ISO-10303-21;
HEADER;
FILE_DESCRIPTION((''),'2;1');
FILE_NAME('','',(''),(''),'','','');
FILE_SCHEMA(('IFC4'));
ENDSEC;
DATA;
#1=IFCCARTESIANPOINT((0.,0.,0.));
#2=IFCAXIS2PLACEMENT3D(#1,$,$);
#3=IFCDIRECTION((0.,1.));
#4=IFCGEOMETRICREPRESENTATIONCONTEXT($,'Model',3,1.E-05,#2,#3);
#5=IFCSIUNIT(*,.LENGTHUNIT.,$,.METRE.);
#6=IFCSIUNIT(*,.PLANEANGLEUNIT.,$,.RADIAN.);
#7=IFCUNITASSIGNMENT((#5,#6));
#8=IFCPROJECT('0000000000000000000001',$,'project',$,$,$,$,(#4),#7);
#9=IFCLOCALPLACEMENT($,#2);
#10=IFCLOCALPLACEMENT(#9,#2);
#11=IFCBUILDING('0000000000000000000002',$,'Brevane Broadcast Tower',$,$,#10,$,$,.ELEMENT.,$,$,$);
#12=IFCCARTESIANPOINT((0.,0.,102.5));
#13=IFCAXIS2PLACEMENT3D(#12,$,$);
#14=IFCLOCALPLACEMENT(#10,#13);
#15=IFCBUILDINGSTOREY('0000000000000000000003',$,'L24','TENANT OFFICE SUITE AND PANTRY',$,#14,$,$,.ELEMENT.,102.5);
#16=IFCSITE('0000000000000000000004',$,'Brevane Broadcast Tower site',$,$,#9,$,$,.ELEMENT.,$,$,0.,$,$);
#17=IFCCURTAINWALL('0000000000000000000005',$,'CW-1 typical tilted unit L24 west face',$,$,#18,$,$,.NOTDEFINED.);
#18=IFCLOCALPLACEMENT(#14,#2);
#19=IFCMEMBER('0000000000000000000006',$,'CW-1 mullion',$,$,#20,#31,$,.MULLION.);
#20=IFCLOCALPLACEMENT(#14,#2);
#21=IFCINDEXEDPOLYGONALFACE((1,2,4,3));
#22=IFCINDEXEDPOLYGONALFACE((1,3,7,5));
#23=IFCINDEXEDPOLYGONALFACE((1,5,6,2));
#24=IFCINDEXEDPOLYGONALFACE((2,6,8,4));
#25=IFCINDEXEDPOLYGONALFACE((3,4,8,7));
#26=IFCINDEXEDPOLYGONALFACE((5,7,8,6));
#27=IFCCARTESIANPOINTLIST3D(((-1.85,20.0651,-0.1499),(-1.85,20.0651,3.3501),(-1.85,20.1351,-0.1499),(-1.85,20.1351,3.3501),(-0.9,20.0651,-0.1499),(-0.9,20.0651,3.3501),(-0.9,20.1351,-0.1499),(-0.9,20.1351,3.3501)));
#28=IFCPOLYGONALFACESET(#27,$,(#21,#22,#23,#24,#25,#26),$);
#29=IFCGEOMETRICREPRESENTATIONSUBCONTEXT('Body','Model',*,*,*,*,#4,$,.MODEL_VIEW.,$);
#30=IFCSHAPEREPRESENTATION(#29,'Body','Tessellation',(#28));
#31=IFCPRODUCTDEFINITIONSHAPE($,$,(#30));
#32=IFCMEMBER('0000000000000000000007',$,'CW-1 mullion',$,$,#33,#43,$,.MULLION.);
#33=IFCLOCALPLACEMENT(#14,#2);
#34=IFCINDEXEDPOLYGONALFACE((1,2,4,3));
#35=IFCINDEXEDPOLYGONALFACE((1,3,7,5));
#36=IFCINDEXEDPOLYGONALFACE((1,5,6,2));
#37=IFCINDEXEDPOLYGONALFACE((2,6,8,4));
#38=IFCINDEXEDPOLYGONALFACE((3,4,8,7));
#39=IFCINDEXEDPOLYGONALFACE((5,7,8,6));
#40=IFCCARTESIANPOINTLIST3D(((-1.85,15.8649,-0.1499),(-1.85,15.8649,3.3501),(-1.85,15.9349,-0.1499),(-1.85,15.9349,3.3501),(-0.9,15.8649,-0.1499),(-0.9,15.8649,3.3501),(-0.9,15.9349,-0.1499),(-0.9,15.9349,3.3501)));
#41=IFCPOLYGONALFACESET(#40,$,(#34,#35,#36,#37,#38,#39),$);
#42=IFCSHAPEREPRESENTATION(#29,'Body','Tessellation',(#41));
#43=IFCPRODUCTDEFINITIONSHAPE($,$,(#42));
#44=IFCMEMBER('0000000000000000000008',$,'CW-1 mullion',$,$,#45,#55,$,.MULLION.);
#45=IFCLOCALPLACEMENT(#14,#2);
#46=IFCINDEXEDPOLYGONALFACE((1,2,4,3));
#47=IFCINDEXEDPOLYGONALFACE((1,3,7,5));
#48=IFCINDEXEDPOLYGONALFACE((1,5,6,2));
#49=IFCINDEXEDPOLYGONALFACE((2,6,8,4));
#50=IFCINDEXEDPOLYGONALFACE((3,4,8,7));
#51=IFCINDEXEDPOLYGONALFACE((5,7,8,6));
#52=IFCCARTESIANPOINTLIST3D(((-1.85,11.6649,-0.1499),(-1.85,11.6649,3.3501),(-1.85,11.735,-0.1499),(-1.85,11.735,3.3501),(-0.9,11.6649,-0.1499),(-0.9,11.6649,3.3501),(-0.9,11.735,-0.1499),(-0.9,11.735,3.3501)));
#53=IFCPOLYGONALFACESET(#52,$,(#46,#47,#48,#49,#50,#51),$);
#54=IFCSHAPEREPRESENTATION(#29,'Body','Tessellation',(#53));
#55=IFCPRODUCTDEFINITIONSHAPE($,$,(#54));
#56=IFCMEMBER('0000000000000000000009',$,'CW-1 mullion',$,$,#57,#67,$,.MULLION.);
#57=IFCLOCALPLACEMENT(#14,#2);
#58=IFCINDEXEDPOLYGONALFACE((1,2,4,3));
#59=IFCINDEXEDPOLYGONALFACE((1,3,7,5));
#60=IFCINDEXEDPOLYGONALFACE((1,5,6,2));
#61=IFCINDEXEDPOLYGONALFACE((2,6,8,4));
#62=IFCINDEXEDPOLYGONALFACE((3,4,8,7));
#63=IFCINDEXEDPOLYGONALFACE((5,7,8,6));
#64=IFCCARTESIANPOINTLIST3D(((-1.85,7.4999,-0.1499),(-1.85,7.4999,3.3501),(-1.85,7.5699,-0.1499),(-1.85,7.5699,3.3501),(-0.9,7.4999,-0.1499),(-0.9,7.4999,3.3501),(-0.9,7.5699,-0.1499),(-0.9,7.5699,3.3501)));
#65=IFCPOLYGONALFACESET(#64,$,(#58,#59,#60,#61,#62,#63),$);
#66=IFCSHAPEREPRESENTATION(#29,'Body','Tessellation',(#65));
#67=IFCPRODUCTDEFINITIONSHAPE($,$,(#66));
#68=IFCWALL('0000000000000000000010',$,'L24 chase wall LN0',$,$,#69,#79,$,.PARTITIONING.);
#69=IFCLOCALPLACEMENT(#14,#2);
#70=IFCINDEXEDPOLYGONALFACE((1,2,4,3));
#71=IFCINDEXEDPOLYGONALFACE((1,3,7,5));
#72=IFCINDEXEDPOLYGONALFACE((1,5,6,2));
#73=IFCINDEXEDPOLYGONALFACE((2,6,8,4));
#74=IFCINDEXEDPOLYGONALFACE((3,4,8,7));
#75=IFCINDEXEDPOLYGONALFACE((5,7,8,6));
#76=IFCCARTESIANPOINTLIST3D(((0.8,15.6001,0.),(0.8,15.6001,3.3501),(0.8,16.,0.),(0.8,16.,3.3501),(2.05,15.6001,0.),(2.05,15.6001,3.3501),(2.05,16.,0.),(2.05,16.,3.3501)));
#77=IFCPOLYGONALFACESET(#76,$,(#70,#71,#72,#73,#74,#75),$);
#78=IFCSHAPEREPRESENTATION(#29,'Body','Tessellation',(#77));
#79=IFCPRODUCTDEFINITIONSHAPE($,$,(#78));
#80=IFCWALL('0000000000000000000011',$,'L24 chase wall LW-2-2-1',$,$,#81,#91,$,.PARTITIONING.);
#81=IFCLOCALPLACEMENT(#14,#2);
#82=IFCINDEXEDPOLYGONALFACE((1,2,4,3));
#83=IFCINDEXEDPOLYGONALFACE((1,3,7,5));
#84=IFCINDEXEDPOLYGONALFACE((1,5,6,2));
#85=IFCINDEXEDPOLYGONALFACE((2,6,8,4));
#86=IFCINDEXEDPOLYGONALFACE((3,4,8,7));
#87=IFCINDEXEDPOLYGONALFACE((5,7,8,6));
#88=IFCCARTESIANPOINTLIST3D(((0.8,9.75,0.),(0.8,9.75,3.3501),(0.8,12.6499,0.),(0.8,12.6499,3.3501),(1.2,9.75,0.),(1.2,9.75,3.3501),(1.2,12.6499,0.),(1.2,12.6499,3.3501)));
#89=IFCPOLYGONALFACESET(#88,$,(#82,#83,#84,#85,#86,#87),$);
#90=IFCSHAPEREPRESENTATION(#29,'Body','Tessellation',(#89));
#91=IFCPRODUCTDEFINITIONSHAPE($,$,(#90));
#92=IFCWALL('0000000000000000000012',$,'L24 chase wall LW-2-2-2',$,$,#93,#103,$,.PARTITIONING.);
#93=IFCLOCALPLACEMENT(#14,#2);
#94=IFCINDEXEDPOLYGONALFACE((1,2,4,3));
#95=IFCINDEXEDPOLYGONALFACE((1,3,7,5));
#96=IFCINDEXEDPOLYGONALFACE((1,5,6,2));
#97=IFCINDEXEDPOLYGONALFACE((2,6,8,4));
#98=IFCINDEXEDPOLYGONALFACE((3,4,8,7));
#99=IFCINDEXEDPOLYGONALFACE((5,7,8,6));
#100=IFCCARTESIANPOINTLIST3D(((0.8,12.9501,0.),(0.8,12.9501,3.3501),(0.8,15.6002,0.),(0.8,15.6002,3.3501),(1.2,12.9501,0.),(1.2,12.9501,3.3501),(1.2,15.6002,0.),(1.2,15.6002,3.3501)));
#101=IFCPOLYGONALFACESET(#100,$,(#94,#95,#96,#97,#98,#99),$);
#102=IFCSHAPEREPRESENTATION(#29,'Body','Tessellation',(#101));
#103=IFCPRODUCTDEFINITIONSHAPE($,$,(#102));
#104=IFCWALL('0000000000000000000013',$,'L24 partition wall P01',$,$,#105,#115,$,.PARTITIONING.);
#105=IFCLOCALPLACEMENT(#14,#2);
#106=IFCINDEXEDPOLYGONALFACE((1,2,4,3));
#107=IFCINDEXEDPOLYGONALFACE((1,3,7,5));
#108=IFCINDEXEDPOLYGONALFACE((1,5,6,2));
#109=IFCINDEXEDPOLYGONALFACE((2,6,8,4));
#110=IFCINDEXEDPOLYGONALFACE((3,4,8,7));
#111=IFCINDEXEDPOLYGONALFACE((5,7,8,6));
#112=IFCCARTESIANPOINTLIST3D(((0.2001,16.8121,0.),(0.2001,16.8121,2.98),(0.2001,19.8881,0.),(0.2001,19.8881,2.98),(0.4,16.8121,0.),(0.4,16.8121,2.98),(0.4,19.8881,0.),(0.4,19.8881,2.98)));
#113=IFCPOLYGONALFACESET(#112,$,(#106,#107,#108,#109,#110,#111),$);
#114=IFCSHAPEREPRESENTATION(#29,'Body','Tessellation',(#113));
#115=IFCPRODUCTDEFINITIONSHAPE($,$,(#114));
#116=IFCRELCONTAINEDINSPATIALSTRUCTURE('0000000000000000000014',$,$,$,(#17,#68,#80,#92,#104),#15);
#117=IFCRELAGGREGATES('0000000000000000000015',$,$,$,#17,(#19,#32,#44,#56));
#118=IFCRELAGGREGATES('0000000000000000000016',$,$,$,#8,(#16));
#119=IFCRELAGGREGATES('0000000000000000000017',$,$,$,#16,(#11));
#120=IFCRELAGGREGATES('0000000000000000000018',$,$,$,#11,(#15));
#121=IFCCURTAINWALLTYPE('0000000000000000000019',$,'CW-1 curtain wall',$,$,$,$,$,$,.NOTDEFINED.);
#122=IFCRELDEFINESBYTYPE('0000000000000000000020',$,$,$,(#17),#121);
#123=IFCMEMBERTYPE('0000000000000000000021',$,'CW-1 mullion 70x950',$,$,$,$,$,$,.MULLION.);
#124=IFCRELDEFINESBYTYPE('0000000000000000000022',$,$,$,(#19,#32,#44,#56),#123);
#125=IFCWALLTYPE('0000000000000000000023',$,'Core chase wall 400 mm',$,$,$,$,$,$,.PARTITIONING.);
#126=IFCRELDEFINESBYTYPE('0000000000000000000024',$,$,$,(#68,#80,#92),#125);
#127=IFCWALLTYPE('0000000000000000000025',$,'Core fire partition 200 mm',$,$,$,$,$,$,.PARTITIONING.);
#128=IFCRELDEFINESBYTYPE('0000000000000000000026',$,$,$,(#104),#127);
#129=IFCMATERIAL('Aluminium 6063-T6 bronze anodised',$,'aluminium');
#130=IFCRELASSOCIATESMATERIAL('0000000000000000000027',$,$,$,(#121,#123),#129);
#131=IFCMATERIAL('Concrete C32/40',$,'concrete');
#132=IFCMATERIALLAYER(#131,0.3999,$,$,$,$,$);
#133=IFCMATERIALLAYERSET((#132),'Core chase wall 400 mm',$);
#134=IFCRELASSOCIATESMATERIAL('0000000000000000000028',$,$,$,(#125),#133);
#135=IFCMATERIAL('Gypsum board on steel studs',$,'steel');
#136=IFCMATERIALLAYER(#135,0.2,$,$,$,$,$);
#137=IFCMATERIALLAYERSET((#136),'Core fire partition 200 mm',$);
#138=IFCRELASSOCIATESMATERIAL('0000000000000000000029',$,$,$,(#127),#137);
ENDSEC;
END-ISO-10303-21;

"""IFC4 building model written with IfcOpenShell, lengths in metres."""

from ifc_helpers import new_model, si_unit, direction, frame, frame_2d, origin, origin_2d, place, context, subcontext, project, spatial, rectangle, extrude, material, layer, layer_set, material_profile, profile_set, type_object, element, aggregate, save


model = new_model("IFC4")

# Units and contexts
model_context = context("Model", 3, precision=1e-05, world=origin(), true_north=direction((0.0, 1.0)))
body_context = subcontext(model_context, "Body", "Model", "MODEL_VIEW")
ifc_project = project(units=[si_unit("LENGTHUNIT", "METRE"), si_unit("PLANEANGLEUNIT", "RADIAN")], contexts=[model_context])

# Site, building, storey
site_placement = place(None, origin())
site = spatial("IfcSite", under=ifc_project, at=site_placement, Name="Brevane Broadcast Tower site", CompositionType="ELEMENT", RefElevation=0.0)
building_placement = place(site_placement, origin())
building = spatial("IfcBuilding", under=site, at=building_placement, Name="Brevane Broadcast Tower", CompositionType="ELEMENT")
storey_placement = place(building_placement, frame((0.0, 0.0, 102.5)))
storey = spatial("IfcBuildingStorey", under=building, at=storey_placement, Name="L24", Description="TENANT OFFICE SUITE AND PANTRY", CompositionType="ELEMENT", Elevation=102.5)

# Curtain wall, members
ifc_material_1 = material(Name="Aluminium 6063-T6 bronze anodised", Category="aluminium")
curtain_wall_type = type_object("IfcCurtainWallType", Name="CW-1 curtain wall", PredefinedType="NOTDEFINED", material=ifc_material_1)
curtain_wall_placement = place(storey_placement, origin())
curtain_wall = element("IfcCurtainWall", 1, at=curtain_wall_placement, inside=storey, type_object=curtain_wall_type, Name="CW-1 typical tilted unit L24 west face", PredefinedType="NOTDEFINED")
ifc_material_profile = material_profile(ifc_material_1, rectangle(XDim=0.95, YDim=0.0701, at=origin_2d()), Name="RECT 70x950")
ifc_profile_set = profile_set([ifc_material_profile], Name="Aluminium 6063-T6 bronze anodised")
member_type = type_object("IfcMemberType", Name="CW-1 mullion 70x950", PredefinedType="MULLION", material=ifc_profile_set)
member_1_placement = place(storey_placement, frame((-1.375, 20.1001, -0.1499), z_axis=(0.0, 0.0, 1.0), x_axis=(1.0, 0.0, 0.0)))
member_1 = element("IfcMember", 2, at=member_1_placement, type_object=member_type, Name="CW-1 mullion", PredefinedType="MULLION", context=body_context, shape_type="SweptSolid", body=[
    extrude(rectangle(XDim=0.95, YDim=0.0701, at=origin_2d()), origin(), (0.0, 0.0, 1.0), 3.5),
])
member_2_placement = place(storey_placement, frame((-1.375, 15.8999, -0.1499), z_axis=(0.0, 0.0, 1.0), x_axis=(1.0, 0.0, 0.0)))
member_2 = element("IfcMember", 3, at=member_2_placement, type_object=member_type, Name="CW-1 mullion", PredefinedType="MULLION", context=body_context, shape_type="SweptSolid", body=[
    extrude(rectangle(XDim=0.95, YDim=0.0701, at=origin_2d()), origin(), (0.0, 0.0, 1.0), 3.5),
])
member_3_placement = place(storey_placement, frame((-1.375, 11.7, -0.1499), z_axis=(0.0, 0.0, 1.0), x_axis=(1.0, 0.0, 0.0)))
member_3 = element("IfcMember", 4, at=member_3_placement, type_object=member_type, Name="CW-1 mullion", PredefinedType="MULLION", context=body_context, shape_type="SweptSolid", body=[
    extrude(rectangle(XDim=0.95, YDim=0.0701, at=origin_2d()), origin(), (0.0, 0.0, 1.0), 3.5),
])
member_4_placement = place(storey_placement, frame((-1.375, 7.5349, -0.1499), z_axis=(0.0, 0.0, 1.0), x_axis=(1.0, 0.0, 0.0)))
member_4 = element("IfcMember", 5, at=member_4_placement, type_object=member_type, Name="CW-1 mullion", PredefinedType="MULLION", context=body_context, shape_type="SweptSolid", body=[
    extrude(rectangle(XDim=0.95, YDim=0.0701, at=origin_2d()), origin(), (0.0, 0.0, 1.0), 3.5),
])
aggregate(curtain_wall, [member_1, member_2, member_3, member_4])

# Walls
ifc_material_2 = material(Name="Concrete C32/40", Category="concrete")
ifc_layer_1 = layer(ifc_material_2, 0.3999)
ifc_layer_set_1 = layer_set([ifc_layer_1], Name="Core chase wall 400 mm")
wall_type_1 = type_object("IfcWallType", Name="Core chase wall 400 mm", PredefinedType="PARTITIONING", material=ifc_layer_set_1)
wall_1_placement = place(storey_placement, frame((0.8, 15.8, 0.0), z_axis=(0.0, 0.0, 1.0), x_axis=(1.0, 0.0, 0.0)))
element("IfcWall", 6, at=wall_1_placement, inside=storey, type_object=wall_type_1, Name="L24 chase wall LN0", PredefinedType="PARTITIONING", context=body_context, shape_type="SweptSolid", body=[
    extrude(rectangle(XDim=1.25, YDim=0.3999, at=frame_2d((0.625, 0.0))), origin(), (0.0, 0.0, 1.0), 3.3501),
])
wall_2_placement = place(storey_placement, frame((1.0, 9.75, 0.0), z_axis=(0.0, 0.0, 1.0), x_axis=(0.0, 1.0, 0.0)))
element("IfcWall", 7, at=wall_2_placement, inside=storey, type_object=wall_type_1, Name="L24 chase wall LW-2-2-1", PredefinedType="PARTITIONING", context=body_context, shape_type="SweptSolid", body=[
    extrude(rectangle(XDim=2.8999, YDim=0.3999, at=frame_2d((1.45, 0.0))), origin(), (0.0, 0.0, 1.0), 3.3501),
])
wall_3_placement = place(storey_placement, frame((1.0, 12.95, 0.0), z_axis=(0.0, 0.0, 1.0), x_axis=(0.0, 1.0, 0.0)))
element("IfcWall", 8, at=wall_3_placement, inside=storey, type_object=wall_type_1, Name="L24 chase wall LW-2-2-2", PredefinedType="PARTITIONING", context=body_context, shape_type="SweptSolid", body=[
    extrude(rectangle(XDim=2.6501, YDim=0.3999, at=frame_2d((1.3252, 0.0))), origin(), (0.0, 0.0, 1.0), 3.3501),
])
ifc_material_3 = material(Name="Gypsum board on steel studs", Category="steel")
ifc_layer_2 = layer(ifc_material_3, 0.2)
ifc_layer_set_2 = layer_set([ifc_layer_2], Name="Core fire partition 200 mm")
wall_type_2 = type_object("IfcWallType", Name="Core fire partition 200 mm", PredefinedType="PARTITIONING", material=ifc_layer_set_2)
wall_4_placement = place(storey_placement, frame((0.3, 16.812, 0.0), z_axis=(0.0, 0.0, 1.0), x_axis=(0.0, 1.0, 0.0)))
element("IfcWall", 9, at=wall_4_placement, inside=storey, type_object=wall_type_2, Name="L24 partition wall P01", PredefinedType="PARTITIONING", context=body_context, shape_type="SweptSolid", body=[
    extrude(rectangle(XDim=3.0759, YDim=0.2, at=frame_2d((1.5381, 0.0))), origin(), (0.0, 0.0, 1.0), 2.98),
])

save(model, "model.ifc")
